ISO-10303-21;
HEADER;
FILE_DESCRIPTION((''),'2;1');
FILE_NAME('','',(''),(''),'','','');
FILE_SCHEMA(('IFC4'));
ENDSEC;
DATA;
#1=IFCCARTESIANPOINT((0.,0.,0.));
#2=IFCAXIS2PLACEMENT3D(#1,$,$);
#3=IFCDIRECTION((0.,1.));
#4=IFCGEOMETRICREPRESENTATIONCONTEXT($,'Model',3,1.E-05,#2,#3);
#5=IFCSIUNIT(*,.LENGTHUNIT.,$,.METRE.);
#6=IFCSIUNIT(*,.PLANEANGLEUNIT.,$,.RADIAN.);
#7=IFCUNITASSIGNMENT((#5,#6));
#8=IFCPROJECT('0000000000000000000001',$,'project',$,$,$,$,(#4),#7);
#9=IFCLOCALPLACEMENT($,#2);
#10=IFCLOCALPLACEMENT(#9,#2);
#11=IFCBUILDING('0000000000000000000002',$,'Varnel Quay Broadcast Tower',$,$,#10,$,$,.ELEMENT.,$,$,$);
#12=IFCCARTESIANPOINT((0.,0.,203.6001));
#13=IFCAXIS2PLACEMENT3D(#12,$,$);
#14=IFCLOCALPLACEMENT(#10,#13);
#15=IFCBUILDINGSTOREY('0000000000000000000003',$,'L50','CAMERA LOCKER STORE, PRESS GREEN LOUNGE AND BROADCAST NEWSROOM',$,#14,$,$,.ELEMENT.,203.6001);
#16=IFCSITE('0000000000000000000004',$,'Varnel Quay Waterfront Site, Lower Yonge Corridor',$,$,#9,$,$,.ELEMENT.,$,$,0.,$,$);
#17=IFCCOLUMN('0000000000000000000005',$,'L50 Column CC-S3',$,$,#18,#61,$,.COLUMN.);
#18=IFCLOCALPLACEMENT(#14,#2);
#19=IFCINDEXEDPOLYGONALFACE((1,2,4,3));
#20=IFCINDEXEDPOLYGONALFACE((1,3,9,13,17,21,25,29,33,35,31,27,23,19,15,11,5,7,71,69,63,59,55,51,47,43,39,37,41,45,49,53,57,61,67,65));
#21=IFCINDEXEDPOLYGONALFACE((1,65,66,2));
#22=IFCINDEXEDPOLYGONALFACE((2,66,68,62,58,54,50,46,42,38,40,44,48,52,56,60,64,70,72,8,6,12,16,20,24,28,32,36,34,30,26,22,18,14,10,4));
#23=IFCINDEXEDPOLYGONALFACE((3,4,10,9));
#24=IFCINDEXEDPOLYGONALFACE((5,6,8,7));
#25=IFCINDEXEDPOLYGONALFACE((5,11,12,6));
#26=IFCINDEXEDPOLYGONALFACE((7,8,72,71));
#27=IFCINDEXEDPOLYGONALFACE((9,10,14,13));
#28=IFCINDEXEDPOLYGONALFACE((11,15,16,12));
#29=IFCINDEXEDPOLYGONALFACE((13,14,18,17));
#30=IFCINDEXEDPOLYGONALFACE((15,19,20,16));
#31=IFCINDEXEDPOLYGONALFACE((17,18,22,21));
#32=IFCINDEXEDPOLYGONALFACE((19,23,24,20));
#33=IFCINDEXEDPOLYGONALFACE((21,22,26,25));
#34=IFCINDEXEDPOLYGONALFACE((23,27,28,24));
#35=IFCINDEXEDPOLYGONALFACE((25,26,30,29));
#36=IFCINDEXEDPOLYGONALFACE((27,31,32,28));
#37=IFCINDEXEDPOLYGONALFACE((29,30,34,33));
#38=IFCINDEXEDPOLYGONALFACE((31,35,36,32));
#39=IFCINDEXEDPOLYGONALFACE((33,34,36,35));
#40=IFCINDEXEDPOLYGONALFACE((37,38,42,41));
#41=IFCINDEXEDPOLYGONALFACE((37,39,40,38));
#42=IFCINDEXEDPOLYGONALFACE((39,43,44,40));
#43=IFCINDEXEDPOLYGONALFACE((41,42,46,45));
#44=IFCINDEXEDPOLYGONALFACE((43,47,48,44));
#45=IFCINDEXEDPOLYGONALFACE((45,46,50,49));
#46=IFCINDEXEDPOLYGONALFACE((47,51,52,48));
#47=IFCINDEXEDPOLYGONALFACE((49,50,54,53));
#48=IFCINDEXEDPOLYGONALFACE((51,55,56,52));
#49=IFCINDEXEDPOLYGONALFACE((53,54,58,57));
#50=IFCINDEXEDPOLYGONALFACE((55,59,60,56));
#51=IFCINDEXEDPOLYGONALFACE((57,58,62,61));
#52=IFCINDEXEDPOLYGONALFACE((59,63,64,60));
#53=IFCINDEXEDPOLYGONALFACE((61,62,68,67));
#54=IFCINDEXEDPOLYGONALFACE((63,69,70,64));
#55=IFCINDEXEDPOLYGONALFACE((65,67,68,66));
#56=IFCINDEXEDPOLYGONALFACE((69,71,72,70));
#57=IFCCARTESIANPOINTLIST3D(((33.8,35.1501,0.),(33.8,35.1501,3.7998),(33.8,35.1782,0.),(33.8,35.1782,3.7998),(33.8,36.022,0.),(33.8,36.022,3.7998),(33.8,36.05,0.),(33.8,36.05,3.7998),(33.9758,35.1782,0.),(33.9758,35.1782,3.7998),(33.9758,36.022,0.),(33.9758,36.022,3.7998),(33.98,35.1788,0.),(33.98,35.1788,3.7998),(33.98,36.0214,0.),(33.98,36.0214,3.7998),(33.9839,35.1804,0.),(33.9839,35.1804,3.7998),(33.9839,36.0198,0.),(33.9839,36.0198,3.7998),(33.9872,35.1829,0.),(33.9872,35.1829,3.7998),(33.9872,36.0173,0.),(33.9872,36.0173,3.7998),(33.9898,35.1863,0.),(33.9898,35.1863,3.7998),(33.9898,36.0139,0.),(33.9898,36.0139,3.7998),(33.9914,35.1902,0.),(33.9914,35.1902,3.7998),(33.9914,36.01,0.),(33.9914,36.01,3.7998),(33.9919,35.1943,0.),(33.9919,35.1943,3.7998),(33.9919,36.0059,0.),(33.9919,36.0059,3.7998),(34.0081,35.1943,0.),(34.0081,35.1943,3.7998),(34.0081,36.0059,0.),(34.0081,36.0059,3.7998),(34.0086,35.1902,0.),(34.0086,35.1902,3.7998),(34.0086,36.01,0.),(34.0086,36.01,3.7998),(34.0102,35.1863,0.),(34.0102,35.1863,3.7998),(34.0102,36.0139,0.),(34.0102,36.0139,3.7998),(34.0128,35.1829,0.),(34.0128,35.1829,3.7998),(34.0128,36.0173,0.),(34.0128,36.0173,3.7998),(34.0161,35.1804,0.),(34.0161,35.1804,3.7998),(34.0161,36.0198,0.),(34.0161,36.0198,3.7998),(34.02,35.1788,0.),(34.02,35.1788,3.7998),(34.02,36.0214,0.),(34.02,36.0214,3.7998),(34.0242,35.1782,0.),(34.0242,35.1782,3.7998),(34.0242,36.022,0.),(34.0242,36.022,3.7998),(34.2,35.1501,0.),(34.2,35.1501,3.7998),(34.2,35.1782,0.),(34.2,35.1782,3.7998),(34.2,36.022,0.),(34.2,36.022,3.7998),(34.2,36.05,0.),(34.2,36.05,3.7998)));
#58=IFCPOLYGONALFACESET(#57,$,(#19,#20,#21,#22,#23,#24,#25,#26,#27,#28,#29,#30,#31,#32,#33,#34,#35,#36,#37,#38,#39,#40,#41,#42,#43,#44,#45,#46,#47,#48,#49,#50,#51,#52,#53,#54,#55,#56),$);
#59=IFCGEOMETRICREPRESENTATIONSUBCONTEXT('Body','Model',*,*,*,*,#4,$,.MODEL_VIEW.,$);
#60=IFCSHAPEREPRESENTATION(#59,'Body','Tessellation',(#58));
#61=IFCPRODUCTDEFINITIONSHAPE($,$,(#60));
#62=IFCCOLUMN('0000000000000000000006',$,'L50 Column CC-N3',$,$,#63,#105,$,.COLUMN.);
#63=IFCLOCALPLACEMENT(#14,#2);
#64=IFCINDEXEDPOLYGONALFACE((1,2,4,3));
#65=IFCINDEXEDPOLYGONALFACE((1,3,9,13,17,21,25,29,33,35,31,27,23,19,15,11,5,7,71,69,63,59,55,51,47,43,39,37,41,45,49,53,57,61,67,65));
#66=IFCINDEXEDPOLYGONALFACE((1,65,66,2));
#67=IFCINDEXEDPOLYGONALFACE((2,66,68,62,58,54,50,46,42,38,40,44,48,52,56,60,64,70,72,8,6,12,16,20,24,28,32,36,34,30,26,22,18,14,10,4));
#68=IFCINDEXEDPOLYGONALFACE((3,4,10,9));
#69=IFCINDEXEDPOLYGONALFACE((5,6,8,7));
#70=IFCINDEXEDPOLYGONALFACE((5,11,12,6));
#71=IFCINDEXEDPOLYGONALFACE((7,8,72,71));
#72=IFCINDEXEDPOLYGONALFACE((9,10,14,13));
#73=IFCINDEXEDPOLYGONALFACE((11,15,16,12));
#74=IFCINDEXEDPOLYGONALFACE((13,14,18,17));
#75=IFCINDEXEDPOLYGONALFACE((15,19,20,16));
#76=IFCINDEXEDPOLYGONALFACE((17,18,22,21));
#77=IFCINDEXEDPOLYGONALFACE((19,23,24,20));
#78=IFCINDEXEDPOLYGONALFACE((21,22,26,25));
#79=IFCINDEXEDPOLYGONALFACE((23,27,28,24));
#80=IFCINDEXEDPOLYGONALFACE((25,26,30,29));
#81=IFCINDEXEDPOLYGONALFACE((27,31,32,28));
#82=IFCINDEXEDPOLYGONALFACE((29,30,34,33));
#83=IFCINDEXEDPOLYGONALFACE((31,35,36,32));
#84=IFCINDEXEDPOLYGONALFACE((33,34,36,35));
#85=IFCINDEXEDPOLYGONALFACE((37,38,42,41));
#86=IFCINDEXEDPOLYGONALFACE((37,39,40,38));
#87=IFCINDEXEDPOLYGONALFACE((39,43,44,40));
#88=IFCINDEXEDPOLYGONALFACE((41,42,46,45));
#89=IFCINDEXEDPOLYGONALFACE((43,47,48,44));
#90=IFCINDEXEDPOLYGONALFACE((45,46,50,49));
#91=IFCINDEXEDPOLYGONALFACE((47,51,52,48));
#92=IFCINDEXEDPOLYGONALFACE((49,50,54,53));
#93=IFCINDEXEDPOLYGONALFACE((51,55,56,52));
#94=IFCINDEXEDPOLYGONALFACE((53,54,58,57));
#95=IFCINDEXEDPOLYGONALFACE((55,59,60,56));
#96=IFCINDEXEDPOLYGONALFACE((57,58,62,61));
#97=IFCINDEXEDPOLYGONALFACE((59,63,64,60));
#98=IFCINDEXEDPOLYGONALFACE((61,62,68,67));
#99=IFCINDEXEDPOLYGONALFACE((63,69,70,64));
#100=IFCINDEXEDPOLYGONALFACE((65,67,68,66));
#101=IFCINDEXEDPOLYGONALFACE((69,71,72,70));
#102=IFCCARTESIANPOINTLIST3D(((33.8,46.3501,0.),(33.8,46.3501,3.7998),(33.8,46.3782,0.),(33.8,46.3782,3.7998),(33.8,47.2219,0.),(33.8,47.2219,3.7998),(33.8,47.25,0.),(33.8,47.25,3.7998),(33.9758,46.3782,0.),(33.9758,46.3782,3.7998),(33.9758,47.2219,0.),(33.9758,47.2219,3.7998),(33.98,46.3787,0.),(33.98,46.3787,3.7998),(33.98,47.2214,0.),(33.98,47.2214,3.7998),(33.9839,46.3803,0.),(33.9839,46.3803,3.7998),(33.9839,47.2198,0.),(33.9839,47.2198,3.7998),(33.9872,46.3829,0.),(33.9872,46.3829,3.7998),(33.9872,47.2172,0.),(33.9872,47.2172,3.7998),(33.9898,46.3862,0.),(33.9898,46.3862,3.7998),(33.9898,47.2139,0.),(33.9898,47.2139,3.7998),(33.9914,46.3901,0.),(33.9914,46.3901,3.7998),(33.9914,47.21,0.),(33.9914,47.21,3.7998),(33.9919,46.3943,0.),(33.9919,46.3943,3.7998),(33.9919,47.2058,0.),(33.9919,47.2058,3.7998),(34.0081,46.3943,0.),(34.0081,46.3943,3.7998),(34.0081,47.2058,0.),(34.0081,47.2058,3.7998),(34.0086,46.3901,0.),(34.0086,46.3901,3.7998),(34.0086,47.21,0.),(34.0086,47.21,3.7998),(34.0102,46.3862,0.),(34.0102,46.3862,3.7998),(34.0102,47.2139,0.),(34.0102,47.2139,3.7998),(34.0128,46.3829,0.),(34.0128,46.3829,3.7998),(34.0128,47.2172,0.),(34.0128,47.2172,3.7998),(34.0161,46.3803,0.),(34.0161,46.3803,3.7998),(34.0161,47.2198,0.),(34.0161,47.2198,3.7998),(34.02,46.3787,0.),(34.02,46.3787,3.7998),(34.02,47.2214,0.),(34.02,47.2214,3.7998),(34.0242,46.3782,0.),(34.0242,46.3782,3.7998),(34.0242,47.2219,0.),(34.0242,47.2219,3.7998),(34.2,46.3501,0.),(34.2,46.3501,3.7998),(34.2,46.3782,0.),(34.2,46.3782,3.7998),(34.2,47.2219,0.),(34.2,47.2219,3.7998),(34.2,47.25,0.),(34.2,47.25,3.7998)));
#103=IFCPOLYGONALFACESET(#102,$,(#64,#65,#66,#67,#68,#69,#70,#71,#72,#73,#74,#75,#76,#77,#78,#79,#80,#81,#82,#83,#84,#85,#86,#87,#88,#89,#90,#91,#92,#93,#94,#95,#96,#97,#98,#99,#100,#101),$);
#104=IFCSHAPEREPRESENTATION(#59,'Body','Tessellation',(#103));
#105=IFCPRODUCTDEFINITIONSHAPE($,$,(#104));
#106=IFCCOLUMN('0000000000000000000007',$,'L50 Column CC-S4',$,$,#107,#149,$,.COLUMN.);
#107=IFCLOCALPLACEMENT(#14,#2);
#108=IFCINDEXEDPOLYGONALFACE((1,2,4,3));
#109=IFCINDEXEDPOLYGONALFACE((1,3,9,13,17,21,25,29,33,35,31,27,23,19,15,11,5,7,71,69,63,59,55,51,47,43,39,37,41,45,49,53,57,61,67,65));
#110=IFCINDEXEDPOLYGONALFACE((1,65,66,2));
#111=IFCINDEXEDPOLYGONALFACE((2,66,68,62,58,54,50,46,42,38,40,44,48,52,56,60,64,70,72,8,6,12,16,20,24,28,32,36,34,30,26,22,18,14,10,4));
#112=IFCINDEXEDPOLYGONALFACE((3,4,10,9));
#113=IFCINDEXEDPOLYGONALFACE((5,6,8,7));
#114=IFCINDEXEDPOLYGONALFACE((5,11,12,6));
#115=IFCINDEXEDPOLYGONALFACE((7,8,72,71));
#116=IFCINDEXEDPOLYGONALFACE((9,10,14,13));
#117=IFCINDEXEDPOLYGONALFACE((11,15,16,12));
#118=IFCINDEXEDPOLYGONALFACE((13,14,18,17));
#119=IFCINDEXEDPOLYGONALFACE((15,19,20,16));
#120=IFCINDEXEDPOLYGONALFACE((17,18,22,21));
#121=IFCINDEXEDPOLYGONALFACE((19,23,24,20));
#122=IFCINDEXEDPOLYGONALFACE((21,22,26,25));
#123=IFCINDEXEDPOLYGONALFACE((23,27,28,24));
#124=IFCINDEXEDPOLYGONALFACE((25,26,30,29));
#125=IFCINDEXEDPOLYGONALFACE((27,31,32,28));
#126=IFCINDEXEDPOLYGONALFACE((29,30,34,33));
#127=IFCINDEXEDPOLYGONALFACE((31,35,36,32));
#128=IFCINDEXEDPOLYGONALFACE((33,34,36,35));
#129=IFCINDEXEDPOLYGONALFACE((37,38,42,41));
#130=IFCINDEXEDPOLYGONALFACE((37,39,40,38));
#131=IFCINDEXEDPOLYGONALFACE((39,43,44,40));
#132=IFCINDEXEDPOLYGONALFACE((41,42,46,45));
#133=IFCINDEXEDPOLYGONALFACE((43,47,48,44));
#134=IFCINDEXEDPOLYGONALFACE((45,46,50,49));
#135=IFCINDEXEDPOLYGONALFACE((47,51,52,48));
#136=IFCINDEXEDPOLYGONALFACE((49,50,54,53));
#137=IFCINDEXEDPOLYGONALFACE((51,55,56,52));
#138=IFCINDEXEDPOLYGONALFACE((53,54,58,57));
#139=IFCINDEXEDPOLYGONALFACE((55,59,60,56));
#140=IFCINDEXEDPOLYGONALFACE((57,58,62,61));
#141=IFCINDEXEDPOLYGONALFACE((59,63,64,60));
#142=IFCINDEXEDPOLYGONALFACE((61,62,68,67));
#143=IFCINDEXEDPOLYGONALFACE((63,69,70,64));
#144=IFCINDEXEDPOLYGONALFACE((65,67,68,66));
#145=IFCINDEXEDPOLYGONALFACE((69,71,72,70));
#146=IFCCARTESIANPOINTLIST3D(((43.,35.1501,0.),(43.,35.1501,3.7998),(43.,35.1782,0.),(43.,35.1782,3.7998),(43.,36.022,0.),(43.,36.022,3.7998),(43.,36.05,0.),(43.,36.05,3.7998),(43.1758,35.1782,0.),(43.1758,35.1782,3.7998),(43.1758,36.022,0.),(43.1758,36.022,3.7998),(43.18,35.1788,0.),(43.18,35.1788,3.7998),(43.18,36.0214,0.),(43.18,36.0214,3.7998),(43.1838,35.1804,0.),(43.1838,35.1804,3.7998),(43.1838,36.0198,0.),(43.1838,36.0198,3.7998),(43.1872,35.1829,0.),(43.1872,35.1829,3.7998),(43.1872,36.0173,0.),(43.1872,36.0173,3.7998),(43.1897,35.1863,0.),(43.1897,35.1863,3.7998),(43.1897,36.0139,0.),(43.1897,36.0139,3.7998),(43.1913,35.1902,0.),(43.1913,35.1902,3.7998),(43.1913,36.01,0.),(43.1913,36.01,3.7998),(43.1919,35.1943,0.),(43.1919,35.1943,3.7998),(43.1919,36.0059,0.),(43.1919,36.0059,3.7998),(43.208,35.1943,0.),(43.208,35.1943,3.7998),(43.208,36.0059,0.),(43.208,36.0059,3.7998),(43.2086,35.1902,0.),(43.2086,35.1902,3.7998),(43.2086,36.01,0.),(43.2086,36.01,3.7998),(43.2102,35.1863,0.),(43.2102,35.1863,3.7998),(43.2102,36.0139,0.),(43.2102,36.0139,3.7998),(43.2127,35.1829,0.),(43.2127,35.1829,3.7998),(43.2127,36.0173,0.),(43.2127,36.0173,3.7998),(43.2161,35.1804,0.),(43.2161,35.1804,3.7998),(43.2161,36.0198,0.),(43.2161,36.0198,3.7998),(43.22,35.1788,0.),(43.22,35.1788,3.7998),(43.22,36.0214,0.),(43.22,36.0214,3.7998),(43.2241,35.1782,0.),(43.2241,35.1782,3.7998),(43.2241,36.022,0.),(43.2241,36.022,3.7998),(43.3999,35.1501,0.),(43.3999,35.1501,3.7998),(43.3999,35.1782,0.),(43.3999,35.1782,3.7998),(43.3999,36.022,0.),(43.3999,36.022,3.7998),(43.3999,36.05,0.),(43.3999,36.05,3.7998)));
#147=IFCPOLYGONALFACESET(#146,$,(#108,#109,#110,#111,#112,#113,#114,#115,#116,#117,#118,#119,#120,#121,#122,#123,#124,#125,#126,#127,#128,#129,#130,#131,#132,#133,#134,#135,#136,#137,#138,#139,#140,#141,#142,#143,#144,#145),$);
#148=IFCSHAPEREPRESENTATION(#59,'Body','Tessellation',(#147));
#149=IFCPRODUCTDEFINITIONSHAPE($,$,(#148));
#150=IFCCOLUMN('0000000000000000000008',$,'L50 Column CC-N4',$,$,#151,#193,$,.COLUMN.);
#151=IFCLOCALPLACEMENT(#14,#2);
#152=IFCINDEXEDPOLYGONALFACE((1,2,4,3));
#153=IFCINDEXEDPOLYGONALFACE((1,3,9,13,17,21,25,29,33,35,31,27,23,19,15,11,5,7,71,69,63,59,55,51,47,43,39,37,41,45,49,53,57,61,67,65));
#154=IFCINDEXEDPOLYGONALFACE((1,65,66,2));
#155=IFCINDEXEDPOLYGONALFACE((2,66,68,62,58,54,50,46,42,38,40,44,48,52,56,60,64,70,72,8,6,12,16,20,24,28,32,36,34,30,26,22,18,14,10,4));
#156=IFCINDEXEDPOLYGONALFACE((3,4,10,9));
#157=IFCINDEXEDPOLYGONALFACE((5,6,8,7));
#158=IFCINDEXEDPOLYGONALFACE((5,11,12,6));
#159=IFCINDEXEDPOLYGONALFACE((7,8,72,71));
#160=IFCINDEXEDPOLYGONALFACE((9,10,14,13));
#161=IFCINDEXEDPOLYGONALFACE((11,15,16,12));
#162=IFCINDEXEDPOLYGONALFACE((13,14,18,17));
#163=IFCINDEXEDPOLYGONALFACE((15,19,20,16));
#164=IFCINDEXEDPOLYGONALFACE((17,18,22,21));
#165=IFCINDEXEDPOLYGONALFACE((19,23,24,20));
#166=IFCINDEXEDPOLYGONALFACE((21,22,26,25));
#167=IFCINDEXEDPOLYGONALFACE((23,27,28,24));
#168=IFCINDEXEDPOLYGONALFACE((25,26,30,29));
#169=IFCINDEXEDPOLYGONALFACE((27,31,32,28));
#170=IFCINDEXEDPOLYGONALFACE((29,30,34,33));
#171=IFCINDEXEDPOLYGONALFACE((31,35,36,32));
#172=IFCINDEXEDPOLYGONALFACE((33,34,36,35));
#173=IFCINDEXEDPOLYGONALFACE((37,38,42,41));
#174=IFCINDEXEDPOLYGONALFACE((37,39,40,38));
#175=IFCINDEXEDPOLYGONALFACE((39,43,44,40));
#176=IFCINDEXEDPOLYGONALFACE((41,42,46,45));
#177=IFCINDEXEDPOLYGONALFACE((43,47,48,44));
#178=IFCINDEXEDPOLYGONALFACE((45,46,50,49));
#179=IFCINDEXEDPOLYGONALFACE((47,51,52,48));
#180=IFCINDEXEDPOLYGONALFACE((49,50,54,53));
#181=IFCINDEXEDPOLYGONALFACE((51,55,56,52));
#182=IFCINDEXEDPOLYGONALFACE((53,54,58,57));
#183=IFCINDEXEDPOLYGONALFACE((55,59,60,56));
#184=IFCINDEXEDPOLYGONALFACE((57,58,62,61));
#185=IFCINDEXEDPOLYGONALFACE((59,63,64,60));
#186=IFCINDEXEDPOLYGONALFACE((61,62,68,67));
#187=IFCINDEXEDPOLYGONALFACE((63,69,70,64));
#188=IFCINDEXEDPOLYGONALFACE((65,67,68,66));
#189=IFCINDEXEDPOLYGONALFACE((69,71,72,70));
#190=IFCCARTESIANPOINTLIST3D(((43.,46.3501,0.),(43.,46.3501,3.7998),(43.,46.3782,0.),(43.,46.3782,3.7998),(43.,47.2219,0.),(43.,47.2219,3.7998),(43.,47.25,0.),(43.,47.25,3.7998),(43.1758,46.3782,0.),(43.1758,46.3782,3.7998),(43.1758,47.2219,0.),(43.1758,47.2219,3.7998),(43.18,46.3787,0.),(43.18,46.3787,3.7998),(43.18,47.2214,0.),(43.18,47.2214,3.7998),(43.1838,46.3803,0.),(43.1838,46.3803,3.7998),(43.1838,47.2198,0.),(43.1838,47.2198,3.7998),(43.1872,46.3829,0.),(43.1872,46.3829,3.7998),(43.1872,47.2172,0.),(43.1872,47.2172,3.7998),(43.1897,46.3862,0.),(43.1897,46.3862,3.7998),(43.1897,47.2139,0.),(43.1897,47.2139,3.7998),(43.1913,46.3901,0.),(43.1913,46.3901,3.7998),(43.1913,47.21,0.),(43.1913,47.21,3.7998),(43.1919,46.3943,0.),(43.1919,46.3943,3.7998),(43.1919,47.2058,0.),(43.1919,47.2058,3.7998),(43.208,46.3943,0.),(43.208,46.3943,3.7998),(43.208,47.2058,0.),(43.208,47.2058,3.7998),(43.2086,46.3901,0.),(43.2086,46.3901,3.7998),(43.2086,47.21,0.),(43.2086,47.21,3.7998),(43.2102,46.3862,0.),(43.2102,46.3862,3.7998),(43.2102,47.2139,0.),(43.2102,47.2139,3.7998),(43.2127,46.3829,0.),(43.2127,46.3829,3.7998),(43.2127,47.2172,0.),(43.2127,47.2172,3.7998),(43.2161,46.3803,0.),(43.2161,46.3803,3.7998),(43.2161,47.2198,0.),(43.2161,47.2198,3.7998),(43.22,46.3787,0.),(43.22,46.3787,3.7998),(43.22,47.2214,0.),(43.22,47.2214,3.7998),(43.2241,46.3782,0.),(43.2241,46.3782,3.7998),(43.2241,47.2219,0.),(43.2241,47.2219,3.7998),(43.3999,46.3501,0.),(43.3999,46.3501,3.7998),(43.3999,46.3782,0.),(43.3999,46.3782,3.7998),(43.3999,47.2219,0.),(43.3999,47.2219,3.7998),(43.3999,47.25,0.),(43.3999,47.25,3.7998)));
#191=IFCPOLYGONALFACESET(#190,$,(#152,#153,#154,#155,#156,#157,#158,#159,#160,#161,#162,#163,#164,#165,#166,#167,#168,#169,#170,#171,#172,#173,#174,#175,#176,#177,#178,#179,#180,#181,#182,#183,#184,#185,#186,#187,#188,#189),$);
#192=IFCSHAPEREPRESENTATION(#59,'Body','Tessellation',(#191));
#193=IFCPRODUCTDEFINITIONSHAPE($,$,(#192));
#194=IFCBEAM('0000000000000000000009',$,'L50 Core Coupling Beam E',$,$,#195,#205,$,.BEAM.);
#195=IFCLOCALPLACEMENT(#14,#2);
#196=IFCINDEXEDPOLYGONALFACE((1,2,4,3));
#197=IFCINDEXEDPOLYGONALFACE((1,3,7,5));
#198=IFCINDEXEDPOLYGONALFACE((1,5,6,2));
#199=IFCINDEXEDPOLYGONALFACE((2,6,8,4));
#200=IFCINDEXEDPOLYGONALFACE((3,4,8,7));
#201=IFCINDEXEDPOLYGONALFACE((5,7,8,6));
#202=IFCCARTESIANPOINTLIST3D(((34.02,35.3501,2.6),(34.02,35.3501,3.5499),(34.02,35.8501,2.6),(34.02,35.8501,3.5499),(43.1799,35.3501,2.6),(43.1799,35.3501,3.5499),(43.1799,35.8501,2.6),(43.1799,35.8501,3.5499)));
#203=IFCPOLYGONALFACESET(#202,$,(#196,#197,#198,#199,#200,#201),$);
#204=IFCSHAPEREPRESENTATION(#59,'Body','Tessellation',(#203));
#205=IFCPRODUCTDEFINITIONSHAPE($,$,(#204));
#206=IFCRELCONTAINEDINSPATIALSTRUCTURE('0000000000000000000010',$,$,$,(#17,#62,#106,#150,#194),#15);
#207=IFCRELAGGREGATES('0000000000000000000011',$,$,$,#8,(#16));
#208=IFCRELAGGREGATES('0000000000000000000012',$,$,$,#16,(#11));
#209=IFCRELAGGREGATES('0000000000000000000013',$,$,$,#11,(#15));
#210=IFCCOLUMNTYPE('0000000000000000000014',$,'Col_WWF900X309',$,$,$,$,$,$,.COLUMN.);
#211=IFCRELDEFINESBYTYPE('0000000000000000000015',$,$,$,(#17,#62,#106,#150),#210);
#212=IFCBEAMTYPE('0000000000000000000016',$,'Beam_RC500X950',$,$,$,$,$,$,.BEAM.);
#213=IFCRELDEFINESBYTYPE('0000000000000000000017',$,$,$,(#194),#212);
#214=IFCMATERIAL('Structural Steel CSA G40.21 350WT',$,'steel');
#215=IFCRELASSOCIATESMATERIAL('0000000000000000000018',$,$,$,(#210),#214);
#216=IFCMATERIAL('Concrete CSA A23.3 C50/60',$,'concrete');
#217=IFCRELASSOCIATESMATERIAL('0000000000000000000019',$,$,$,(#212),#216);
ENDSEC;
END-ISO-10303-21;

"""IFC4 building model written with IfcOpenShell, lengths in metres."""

from ifc_helpers import new_model, si_unit, direction, frame, origin, origin_2d, place, context, subcontext, project, spatial, rectangle, i_section, extrude, source, transform, mapped, material, material_profile, profile_set, type_object, type_shapes, element, save


model = new_model("IFC4")

# Units and contexts
model_context = context("Model", 3, precision=1e-05, world=origin(), true_north=direction((0.0, 1.0)))
body_context = subcontext(model_context, "Body", "Model", "MODEL_VIEW")
ifc_project = project(units=[si_unit("LENGTHUNIT", "METRE"), si_unit("PLANEANGLEUNIT", "RADIAN")], contexts=[model_context])

# Site, building, storey
site_placement = place(None, origin())
site = spatial("IfcSite", under=ifc_project, at=site_placement, Name="Varnel Quay Waterfront Site, Lower Yonge Corridor", CompositionType="ELEMENT", RefElevation=0.0)
building_placement = place(site_placement, origin())
building = spatial("IfcBuilding", under=site, at=building_placement, Name="Varnel Quay Broadcast Tower", CompositionType="ELEMENT")
storey_placement = place(building_placement, frame((0.0, 0.0, 203.6001)))
storey = spatial("IfcBuildingStorey", under=building, at=storey_placement, Name="L50", Description="CAMERA LOCKER STORE, PRESS GREEN LOUNGE AND BROADCAST NEWSROOM", CompositionType="ELEMENT", Elevation=203.6001)

# Columns
ifc_material_1 = material(Name="Structural Steel CSA G40.21 350WT", Category="steel")
ifc_material_profile_1 = material_profile(ifc_material_1, i_section(OverallWidth=0.3999, OverallDepth=0.8999, WebThickness=0.0161, FlangeThickness=0.0281, FilletRadius=0.0161, at=origin_2d()), Name="WWF900X309")
ifc_profile_set_1 = profile_set([ifc_material_profile_1], Name="Structural Steel CSA G40.21 350WT")
column_type = type_object("IfcColumnType", Name="Col_WWF900X309", PredefinedType="COLUMN", material=ifc_profile_set_1)
shared_shape_1 = source(origin(), body_context, "Body", "SweptSolid", [
    extrude(i_section(OverallWidth=0.3999, OverallDepth=0.8999, WebThickness=0.0161, FlangeThickness=0.0281, FilletRadius=0.0161, at=origin_2d()), origin(), (0.0, 0.0, 1.0), 3.7998),
])
type_shapes(column_type, [shared_shape_1])
for number, where, z_axis, x_axis, name in (
    (1, (34.0, 35.6001, 0.0), (0.0, 0.0, 1.0), (1.0, 0.0, 0.0), "L50 Column CC-S3"),
    (2, (34.0, 46.8, 0.0), (0.0, 0.0, 1.0), (1.0, 0.0, 0.0), "L50 Column CC-N3"),
    (3, (43.2, 35.6001, 0.0), (0.0, 0.0, 1.0), (1.0, 0.0, 0.0), "L50 Column CC-S4"),
    (4, (43.2, 46.8, 0.0), (0.0, 0.0, 1.0), (1.0, 0.0, 0.0), "L50 Column CC-N4"),
):
    element("IfcColumn", number, at=place(storey_placement, frame(where, z_axis=z_axis, x_axis=x_axis)), inside=storey, type_object=column_type, Name=name, PredefinedType="COLUMN", context=body_context, shape_type="MappedRepresentation", body=[
        mapped(shared_shape_1, transform((0.0, 0.0, 0.0), x_axis=(1.0, 0.0, 0.0), y_axis=(0.0, 1.0, 0.0), z_axis=(0.0, 0.0, 1.0), scale=1.0)),
    ])

# Beam
ifc_material_2 = material(Name="Concrete CSA A23.3 C50/60", Category="concrete")
ifc_material_profile_2 = material_profile(ifc_material_2, rectangle(XDim=0.5, YDim=0.95, at=origin_2d()), Name="RC500X950")
ifc_profile_set_2 = profile_set([ifc_material_profile_2], Name="Concrete CSA A23.3 C50/60")
beam_type = type_object("IfcBeamType", Name="Beam_RC500X950", PredefinedType="BEAM", material=ifc_profile_set_2)
shared_shape_2 = source(origin(), body_context, "Body", "SweptSolid", [
    extrude(rectangle(XDim=0.5, YDim=0.95, at=origin_2d()), origin(), (0.0, 0.0, 1.0), 9.1599),
])
type_shapes(beam_type, [shared_shape_2])
beam_placement = place(storey_placement, frame((34.02, 35.6001, 3.075), z_axis=(1.0, 0.0, 0.0), x_axis=(0.0, 1.0, 0.0)))
element("IfcBeam", 5, at=beam_placement, inside=storey, type_object=beam_type, Name="L50 Core Coupling Beam E", PredefinedType="BEAM", context=body_context, shape_type="MappedRepresentation", body=[
    mapped(shared_shape_2, transform((0.0, 0.0, 0.0), x_axis=(1.0, 0.0, 0.0), y_axis=(0.0, 1.0, 0.0), z_axis=(0.0, 0.0, 1.0), scale=1.0)),
])

save(model, "model.ifc")
